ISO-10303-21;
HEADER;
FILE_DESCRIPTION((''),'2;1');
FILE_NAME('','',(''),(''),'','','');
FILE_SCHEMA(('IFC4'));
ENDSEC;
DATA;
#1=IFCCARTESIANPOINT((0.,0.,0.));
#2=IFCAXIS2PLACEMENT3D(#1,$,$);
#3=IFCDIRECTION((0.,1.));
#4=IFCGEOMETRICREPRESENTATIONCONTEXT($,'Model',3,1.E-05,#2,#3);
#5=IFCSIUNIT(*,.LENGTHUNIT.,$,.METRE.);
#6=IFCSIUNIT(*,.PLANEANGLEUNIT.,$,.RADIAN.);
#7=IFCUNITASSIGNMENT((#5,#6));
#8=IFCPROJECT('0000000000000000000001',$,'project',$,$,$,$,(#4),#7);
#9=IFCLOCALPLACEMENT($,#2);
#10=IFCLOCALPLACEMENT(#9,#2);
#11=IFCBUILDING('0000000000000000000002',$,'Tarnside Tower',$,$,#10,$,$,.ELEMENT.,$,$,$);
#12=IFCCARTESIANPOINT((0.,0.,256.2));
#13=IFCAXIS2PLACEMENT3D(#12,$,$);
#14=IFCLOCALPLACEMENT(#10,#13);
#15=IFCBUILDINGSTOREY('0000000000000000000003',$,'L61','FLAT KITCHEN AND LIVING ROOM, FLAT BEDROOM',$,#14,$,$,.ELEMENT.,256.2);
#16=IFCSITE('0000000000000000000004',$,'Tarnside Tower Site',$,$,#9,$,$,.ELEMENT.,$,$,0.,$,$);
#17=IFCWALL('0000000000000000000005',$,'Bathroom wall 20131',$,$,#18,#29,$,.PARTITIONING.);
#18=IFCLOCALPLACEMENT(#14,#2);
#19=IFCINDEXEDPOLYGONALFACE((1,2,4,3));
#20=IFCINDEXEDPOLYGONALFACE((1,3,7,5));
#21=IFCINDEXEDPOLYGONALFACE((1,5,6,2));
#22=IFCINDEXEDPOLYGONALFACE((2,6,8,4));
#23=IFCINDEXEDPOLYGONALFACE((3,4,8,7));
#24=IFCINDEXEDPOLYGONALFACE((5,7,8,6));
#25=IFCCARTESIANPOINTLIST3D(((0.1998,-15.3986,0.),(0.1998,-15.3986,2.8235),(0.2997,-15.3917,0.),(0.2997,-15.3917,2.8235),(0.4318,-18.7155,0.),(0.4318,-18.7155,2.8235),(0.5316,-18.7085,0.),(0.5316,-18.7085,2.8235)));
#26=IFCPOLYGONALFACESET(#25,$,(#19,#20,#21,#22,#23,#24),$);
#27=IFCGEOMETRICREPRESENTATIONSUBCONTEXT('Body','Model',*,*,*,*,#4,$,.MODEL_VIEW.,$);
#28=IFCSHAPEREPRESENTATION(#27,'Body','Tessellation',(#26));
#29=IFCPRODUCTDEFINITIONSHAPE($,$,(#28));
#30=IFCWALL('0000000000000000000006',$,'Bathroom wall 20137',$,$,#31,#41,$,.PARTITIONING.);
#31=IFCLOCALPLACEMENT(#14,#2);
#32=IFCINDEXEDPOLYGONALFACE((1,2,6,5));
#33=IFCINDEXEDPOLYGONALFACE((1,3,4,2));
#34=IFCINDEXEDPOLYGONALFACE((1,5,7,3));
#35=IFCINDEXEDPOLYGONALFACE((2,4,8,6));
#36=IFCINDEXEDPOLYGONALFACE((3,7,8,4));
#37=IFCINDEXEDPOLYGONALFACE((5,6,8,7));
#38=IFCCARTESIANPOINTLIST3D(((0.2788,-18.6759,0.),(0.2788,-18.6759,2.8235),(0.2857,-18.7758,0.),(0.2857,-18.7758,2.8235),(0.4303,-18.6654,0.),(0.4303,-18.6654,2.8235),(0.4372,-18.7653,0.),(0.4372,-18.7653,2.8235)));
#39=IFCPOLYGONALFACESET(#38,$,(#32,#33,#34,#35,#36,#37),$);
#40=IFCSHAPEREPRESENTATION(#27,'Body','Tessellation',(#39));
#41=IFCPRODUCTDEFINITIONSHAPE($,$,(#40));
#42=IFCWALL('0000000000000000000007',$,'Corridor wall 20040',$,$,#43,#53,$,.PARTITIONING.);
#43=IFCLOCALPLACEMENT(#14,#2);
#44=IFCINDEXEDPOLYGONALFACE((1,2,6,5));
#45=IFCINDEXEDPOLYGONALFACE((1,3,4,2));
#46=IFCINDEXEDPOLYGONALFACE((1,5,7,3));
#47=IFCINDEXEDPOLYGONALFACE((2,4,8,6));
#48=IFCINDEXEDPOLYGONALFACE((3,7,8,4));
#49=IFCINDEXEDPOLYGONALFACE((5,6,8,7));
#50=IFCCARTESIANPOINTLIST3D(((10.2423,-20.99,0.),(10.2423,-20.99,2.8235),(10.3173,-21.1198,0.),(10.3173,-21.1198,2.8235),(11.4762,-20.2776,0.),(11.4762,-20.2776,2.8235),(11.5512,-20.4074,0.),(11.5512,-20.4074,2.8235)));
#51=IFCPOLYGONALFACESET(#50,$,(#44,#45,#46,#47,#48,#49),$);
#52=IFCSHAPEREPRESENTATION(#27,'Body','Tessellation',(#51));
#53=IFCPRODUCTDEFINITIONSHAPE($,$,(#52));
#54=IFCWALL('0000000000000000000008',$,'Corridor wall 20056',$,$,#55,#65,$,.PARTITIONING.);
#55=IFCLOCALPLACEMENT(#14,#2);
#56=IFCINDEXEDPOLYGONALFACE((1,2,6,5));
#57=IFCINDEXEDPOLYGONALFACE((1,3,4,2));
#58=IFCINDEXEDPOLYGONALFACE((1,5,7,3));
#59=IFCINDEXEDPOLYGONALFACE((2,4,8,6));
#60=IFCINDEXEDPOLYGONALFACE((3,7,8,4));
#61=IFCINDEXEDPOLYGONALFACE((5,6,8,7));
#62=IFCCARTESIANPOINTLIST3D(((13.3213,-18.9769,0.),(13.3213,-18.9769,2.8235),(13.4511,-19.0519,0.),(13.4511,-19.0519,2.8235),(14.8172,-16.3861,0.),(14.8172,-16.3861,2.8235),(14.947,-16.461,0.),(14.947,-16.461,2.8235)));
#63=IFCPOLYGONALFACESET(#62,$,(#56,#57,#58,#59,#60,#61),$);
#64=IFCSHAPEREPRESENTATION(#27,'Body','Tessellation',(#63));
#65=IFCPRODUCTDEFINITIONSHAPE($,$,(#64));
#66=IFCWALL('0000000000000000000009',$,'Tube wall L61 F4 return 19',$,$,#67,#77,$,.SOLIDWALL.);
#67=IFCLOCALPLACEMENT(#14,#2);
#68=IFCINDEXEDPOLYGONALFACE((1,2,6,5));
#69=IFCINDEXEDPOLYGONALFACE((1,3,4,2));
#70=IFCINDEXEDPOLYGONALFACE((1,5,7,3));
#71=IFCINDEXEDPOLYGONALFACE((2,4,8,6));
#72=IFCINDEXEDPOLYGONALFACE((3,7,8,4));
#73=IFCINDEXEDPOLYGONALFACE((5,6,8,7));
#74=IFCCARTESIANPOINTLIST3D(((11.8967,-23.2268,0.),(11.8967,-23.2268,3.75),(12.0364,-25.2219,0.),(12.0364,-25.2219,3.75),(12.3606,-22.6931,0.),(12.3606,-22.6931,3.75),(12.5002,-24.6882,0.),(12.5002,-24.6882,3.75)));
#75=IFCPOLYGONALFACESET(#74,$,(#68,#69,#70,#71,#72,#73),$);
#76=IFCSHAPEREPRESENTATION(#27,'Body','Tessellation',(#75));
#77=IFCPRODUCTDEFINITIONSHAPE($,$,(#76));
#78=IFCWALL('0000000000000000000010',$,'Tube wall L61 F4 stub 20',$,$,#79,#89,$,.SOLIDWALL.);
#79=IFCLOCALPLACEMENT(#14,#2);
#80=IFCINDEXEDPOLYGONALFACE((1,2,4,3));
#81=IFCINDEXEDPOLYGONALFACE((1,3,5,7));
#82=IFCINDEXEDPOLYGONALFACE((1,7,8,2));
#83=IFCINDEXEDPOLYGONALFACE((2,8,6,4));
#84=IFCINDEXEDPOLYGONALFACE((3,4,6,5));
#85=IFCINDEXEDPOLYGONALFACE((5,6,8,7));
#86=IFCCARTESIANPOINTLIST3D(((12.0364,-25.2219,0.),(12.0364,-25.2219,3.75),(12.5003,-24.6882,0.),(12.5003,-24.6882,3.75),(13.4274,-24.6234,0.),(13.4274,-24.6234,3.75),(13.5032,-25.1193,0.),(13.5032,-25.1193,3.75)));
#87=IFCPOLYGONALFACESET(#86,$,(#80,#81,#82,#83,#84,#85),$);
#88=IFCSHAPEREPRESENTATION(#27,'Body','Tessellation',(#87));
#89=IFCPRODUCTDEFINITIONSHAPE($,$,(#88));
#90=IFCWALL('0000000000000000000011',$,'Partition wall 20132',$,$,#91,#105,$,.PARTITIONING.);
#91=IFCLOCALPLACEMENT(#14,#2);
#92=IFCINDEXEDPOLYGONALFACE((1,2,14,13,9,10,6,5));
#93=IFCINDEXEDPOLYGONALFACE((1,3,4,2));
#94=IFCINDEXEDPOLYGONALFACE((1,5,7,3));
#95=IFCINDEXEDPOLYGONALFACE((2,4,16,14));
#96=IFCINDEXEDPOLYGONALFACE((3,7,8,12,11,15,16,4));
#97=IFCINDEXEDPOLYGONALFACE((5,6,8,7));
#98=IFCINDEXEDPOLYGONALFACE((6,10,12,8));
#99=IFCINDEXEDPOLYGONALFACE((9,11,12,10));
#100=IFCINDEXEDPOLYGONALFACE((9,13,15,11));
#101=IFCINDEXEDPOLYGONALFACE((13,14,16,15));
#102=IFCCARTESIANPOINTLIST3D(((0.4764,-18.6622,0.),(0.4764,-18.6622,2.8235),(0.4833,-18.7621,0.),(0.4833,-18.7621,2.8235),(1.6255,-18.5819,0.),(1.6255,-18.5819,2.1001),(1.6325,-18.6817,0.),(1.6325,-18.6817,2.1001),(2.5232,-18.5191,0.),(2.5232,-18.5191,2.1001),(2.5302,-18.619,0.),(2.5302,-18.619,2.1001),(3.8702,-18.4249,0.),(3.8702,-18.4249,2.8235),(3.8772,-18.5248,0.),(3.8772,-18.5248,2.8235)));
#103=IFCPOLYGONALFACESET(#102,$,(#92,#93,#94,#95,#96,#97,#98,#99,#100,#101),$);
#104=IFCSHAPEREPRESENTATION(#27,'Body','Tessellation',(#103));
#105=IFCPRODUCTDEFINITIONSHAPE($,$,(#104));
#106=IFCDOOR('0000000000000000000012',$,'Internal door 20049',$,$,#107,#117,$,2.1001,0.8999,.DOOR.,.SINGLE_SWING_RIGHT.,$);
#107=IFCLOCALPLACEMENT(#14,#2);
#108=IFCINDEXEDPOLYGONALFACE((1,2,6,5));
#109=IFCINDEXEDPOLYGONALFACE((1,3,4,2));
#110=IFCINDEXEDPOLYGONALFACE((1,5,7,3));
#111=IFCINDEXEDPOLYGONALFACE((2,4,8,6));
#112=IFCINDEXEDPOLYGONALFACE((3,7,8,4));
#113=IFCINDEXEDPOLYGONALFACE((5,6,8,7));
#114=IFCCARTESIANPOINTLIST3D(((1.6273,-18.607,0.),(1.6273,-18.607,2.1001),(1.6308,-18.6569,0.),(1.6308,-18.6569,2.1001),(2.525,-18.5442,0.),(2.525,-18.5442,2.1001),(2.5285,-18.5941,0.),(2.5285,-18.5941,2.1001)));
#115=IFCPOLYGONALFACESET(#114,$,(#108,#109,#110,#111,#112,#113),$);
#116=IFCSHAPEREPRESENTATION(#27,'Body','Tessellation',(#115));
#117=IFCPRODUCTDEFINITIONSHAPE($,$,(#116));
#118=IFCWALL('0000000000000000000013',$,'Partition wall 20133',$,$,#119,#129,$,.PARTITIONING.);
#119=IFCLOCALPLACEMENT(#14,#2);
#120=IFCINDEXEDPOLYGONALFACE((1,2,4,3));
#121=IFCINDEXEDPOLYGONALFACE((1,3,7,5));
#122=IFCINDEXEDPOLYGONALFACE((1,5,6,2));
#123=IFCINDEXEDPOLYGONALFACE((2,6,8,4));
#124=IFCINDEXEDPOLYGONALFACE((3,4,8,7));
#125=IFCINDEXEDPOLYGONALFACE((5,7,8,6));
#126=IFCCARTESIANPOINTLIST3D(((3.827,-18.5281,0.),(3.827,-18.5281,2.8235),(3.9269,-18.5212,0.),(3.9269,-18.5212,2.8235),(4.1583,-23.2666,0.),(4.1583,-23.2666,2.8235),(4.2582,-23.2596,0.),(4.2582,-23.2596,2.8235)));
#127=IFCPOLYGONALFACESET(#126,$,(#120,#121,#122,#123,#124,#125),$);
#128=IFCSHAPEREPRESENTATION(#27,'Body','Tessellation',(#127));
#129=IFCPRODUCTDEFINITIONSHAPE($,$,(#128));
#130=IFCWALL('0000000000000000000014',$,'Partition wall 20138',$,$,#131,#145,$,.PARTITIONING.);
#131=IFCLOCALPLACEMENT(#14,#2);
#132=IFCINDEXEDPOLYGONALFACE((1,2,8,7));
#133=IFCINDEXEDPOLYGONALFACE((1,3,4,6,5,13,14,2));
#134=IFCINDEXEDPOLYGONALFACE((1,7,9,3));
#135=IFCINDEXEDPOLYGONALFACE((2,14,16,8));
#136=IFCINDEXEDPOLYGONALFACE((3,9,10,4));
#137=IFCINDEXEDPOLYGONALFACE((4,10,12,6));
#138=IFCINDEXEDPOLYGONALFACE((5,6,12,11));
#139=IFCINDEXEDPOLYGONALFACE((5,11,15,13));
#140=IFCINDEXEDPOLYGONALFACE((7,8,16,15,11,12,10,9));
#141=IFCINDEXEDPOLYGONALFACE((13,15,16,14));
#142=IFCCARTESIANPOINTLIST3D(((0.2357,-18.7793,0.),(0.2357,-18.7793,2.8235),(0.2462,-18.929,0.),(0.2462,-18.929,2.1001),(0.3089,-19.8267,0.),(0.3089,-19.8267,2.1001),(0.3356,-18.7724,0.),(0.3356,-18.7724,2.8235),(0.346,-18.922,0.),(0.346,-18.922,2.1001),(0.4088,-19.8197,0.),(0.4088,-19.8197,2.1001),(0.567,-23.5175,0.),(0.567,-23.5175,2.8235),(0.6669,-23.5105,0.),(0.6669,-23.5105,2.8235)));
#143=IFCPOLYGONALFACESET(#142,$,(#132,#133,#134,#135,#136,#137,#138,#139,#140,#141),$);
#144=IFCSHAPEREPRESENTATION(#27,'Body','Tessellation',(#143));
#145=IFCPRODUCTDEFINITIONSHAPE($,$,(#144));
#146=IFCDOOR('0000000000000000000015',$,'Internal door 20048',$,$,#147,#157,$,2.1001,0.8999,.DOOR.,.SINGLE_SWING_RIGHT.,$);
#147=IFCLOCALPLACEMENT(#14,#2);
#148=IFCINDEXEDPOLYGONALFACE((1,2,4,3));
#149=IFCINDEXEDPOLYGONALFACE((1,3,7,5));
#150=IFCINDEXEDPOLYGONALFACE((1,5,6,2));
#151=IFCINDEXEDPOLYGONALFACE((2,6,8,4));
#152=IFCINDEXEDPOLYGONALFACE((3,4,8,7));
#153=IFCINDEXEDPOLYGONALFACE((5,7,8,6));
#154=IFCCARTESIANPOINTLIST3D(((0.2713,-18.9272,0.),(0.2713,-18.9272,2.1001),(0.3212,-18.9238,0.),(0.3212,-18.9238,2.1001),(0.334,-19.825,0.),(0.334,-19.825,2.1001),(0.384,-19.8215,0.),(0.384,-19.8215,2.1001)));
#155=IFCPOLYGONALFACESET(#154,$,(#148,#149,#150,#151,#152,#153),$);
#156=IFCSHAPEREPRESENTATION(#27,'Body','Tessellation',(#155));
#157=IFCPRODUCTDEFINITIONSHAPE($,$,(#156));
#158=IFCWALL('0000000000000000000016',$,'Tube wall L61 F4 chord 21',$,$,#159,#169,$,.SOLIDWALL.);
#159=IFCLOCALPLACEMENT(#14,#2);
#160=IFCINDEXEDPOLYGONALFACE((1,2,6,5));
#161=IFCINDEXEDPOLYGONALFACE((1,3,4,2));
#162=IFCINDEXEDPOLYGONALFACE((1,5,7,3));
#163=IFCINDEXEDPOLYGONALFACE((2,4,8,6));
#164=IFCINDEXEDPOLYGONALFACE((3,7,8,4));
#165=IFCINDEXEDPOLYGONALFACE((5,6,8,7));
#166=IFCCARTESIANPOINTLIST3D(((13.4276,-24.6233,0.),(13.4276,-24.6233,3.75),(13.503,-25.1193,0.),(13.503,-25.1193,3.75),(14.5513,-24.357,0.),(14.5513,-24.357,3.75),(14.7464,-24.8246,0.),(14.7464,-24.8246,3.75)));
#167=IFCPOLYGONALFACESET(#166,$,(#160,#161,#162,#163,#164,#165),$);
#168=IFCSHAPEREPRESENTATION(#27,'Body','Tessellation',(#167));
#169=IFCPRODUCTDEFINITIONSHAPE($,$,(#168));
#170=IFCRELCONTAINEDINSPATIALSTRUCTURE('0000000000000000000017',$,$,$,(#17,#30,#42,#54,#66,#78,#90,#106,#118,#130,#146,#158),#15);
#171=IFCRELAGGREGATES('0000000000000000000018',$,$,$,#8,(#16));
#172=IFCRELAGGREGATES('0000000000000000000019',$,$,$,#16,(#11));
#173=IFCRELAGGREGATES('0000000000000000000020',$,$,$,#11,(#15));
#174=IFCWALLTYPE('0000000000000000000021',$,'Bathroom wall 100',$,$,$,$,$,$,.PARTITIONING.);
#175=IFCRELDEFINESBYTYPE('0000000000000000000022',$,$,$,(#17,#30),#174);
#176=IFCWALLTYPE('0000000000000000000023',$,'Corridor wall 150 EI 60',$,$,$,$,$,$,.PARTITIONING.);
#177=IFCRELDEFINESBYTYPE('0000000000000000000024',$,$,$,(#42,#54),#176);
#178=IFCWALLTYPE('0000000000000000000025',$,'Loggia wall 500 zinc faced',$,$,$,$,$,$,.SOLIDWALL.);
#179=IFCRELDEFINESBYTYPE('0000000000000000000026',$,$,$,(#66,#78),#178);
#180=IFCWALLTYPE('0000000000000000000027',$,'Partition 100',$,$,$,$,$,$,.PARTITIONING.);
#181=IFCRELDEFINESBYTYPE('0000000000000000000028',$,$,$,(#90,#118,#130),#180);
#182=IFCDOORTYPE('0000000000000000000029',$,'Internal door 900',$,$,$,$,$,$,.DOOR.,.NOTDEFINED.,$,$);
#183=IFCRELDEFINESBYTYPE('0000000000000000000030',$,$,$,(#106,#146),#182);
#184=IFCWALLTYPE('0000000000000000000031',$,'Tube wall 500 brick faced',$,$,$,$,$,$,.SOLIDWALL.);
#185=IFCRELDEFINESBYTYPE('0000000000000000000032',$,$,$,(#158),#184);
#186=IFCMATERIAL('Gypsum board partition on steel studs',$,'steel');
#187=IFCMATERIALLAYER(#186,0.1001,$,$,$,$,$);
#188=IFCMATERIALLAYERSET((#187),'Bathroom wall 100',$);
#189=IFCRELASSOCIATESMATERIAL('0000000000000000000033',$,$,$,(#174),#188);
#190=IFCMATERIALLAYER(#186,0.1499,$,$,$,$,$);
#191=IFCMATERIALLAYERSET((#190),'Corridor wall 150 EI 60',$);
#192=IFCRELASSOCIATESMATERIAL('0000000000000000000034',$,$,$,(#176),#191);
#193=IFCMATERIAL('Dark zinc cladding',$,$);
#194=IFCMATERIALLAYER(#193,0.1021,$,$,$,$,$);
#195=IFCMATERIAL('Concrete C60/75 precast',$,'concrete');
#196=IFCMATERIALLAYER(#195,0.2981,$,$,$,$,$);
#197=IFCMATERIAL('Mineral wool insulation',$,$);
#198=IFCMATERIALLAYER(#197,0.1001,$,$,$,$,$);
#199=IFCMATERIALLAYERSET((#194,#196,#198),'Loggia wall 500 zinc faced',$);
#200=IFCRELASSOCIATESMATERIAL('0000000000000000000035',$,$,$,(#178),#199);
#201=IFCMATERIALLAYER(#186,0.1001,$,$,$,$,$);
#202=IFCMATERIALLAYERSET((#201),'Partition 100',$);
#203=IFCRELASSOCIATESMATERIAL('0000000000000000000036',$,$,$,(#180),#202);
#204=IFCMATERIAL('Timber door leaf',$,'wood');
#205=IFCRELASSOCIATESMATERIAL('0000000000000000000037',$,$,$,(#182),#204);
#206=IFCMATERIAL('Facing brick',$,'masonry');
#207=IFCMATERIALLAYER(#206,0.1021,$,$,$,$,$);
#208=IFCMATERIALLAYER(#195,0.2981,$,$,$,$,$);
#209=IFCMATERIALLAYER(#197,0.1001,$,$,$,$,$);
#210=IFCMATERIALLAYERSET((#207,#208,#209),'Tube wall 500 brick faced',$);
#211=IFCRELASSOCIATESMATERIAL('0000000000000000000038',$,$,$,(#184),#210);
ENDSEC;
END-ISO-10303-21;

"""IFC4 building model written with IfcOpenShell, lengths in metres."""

from ifc_helpers import new_model, si_unit, direction, frame, frame_2d, origin, place, context, subcontext, project, spatial, polyline, rectangle, outline, extrude, material, layer, layer_set, type_object, element, fill, save


model = new_model("IFC4")

# Units and contexts
model_context = context("Model", 3, precision=1e-05, world=origin(), true_north=direction((0.0, 1.0)))
body_context = subcontext(model_context, "Body", "Model", "MODEL_VIEW")
ifc_project = project(units=[si_unit("LENGTHUNIT", "METRE"), si_unit("PLANEANGLEUNIT", "RADIAN")], contexts=[model_context])

# Site, building, storey
site_placement = place(None, origin())
site = spatial("IfcSite", under=ifc_project, at=site_placement, Name="Tarnside Tower Site", CompositionType="ELEMENT", RefElevation=0.0)
building_placement = place(site_placement, origin())
building = spatial("IfcBuilding", under=site, at=building_placement, Name="Tarnside Tower", CompositionType="ELEMENT")
storey_placement = place(building_placement, frame((0.0, 0.0, 256.2)))
storey = spatial("IfcBuildingStorey", under=building, at=storey_placement, Name="L61", Description="FLAT KITCHEN AND LIVING ROOM, FLAT BEDROOM", CompositionType="ELEMENT", Elevation=256.2)

# Walls
ifc_material_1 = material(Name="Gypsum board partition on steel studs", Category="steel")
ifc_layer_1 = layer(ifc_material_1, 0.1001)
ifc_layer_set_1 = layer_set([ifc_layer_1], Name="Bathroom wall 100")
wall_type_1 = type_object("IfcWallType", Name="Bathroom wall 100", PredefinedType="PARTITIONING", material=ifc_layer_set_1)
wall_1_placement = place(storey_placement, frame((0.2498, -15.395, 0.0), z_axis=(0.0, 0.0, 1.0), x_axis=(0.069755, -0.997564, 0.0)))
element("IfcWall", 1, at=wall_1_placement, inside=storey, type_object=wall_type_1, Name="Bathroom wall 20131", PredefinedType="PARTITIONING", context=body_context, shape_type="SweptSolid", body=[
    extrude(rectangle(XDim=3.325, YDim=0.1001, at=frame_2d((1.6626, 0.0))), origin(), (0.0, 0.0, 1.0), 2.8235),
])
wall_2_placement = place(storey_placement, frame((0.2822, -18.7258, 0.0), z_axis=(0.0, 0.0, 1.0), x_axis=(0.997611, 0.069078, 0.0)))
element("IfcWall", 2, at=wall_2_placement, inside=storey, type_object=wall_type_1, Name="Bathroom wall 20137", PredefinedType="PARTITIONING", context=body_context, shape_type="SweptSolid", body=[
    extrude(rectangle(XDim=0.1519, YDim=0.1001, at=frame_2d((0.0759, 0.0))), origin(), (0.0, 0.0, 1.0), 2.8235),
])
ifc_layer_2 = layer(ifc_material_1, 0.1499)
ifc_layer_set_2 = layer_set([ifc_layer_2], Name="Corridor wall 150 EI 60")
wall_type_2 = type_object("IfcWallType", Name="Corridor wall 150 EI 60", PredefinedType="PARTITIONING", material=ifc_layer_set_2)
wall_3_placement = place(storey_placement, frame((10.2798, -21.0549, 0.0), z_axis=(0.0, 0.0, 1.0), x_axis=(0.86602, 0.500009, 0.0)))
element("IfcWall", 3, at=wall_3_placement, inside=storey, type_object=wall_type_2, Name="Corridor wall 20040", PredefinedType="PARTITIONING", context=body_context, shape_type="SweptSolid", body=[
    extrude(rectangle(XDim=1.4248, YDim=0.1499, at=frame_2d((0.7124, 0.0))), origin(), (0.0, 0.0, 1.0), 2.8235),
])
wall_4_placement = place(storey_placement, frame((13.3862, -19.0144, 0.0), z_axis=(0.0, 0.0, 1.0), x_axis=(0.50001, 0.86602, 0.0)))
element("IfcWall", 4, at=wall_4_placement, inside=storey, type_object=wall_type_2, Name="Corridor wall 20056", PredefinedType="PARTITIONING", context=body_context, shape_type="SweptSolid", body=[
    extrude(rectangle(XDim=2.9917, YDim=0.1499, at=frame_2d((1.4958, 0.0))), origin(), (0.0, 0.0, 1.0), 2.8235),
])
ifc_material_2 = material(Name="Dark zinc cladding")
ifc_layer_3 = layer(ifc_material_2, 0.1021)
ifc_material_3 = material(Name="Concrete C60/75 precast", Category="concrete")
ifc_layer_4 = layer(ifc_material_3, 0.2981)
ifc_material_4 = material(Name="Mineral wool insulation")
ifc_layer_5 = layer(ifc_material_4, 0.1001)
ifc_layer_set_3 = layer_set([ifc_layer_3, ifc_layer_4, ifc_layer_5], Name="Loggia wall 500 zinc faced")
wall_type_3 = type_object("IfcWallType", Name="Loggia wall 500 zinc faced", PredefinedType="SOLIDWALL", material=ifc_layer_set_3)
wall_5_placement = place(storey_placement, frame((12.1287, -22.96, 0.0), z_axis=(0.0, 0.0, 1.0), x_axis=(0.069824, -0.997559, 0.0)))
element("IfcWall", 5, at=wall_5_placement, inside=storey, type_object=wall_type_3, Name="Tube wall L61 F4 return 19", PredefinedType="SOLIDWALL", context=body_context, shape_type="SweptSolid", body=[
    extrude(outline(polyline([(0.25, -0.25), (2.25, -0.25), (1.75, 0.25), (-0.25, 0.25), (0.25, -0.25)])), origin(), (0.0, 0.0, 1.0), 3.75),
])
wall_6_placement = place(storey_placement, frame((12.2683, -24.9551, 0.0), z_axis=(0.0, 0.0, 1.0), x_axis=(0.997562, 0.069787, 0.0)))
element("IfcWall", 6, at=wall_6_placement, inside=storey, type_object=wall_type_3, Name="Tube wall L61 F4 stub 20", PredefinedType="SOLIDWALL", context=body_context, shape_type="SweptSolid", body=[
    extrude(outline(polyline([(-0.25, -0.25), (1.2205, -0.25), (1.1794, 0.25), (0.25, 0.25), (-0.25, -0.25)])), origin(), (0.0, 0.0, 1.0), 3.75),
])

# Wall, opening, door
ifc_layer_6 = layer(ifc_material_1, 0.1001)
ifc_layer_set_4 = layer_set([ifc_layer_6], Name="Partition 100")
wall_type_4 = type_object("IfcWallType", Name="Partition 100", PredefinedType="PARTITIONING", material=ifc_layer_set_4)
wall_7_placement = place(storey_placement, frame((0.4797, -18.7122, 0.0), z_axis=(0.0, 0.0, 1.0), x_axis=(0.997564, 0.069753, 0.0)))
wall_7 = element("IfcWall", 7, at=wall_7_placement, inside=storey, type_object=wall_type_4, Name="Partition wall 20132", PredefinedType="PARTITIONING", context=body_context, shape_type="SweptSolid", body=[
    extrude(rectangle(XDim=3.4021, YDim=0.1001, at=frame_2d((1.7012, 0.0))), origin(), (0.0, 0.0, 1.0), 2.8235),
])
opening_1_placement = place(wall_7_placement, frame((1.1521, 0.0, 0.0)))
opening_1 = element("IfcOpeningElement", 8, at=opening_1_placement, cuts=wall_7, PredefinedType="OPENING", context=body_context, shape_type="SweptSolid", body=[
    extrude(rectangle(XDim=0.8999, YDim=2.1001, at=frame_2d((0.45, 1.05))), frame((0.0, 0.0601, 0.0), z_axis=(0.0, -1.0, 0.0), x_axis=(1.0, 0.0, 0.0)), (0.0, 0.0, 1.0), 0.1201),
])
ifc_material_5 = material(Name="Timber door leaf", Category="wood")
door_type = type_object("IfcDoorType", Name="Internal door 900", OperationType="NOTDEFINED", PredefinedType="DOOR", material=ifc_material_5)
door_1_placement = place(opening_1_placement, origin())
door_1 = element("IfcDoor", 9, at=door_1_placement, inside=storey, type_object=door_type, Name="Internal door 20049", OperationType="SINGLE_SWING_RIGHT", OverallHeight=2.1001, OverallWidth=0.8999, PredefinedType="DOOR", context=body_context, shape_type="SweptSolid", body=[
    extrude(rectangle(XDim=0.8999, YDim=2.1001, at=frame_2d((0.45, 1.05))), frame((0.0, 0.0249, 0.0), z_axis=(0.0, -1.0, 0.0), x_axis=(1.0, 0.0, 0.0)), (0.0, 0.0, 1.0), 0.05),
])
fill(opening_1, door_1)

# Wall
wall_8_placement = place(storey_placement, frame((3.877, -18.5247, 0.0), z_axis=(0.0, 0.0, 1.0), x_axis=(0.069746, -0.997565, 0.0)))
element("IfcWall", 10, at=wall_8_placement, inside=storey, type_object=wall_type_4, Name="Partition wall 20133", PredefinedType="PARTITIONING", context=body_context, shape_type="SweptSolid", body=[
    extrude(rectangle(XDim=4.75, YDim=0.1001, at=frame_2d((2.375, 0.0))), origin(), (0.0, 0.0, 1.0), 2.8235),
])

# Wall, opening, door
wall_9_placement = place(storey_placement, frame((0.6169, -23.5142, 0.0), z_axis=(0.0, 0.0, 1.0), x_axis=(-0.069749, 0.997565, 0.0)))
wall_9 = element("IfcWall", 11, at=wall_9_placement, inside=storey, type_object=wall_type_4, Name="Partition wall 20138", PredefinedType="PARTITIONING", context=body_context, shape_type="SweptSolid", body=[
    extrude(rectangle(XDim=4.7498, YDim=0.1001, at=frame_2d((2.375, 0.0))), origin(), (0.0, 0.0, 1.0), 2.8235),
])
opening_2_placement = place(wall_9_placement, frame((3.7, 0.0, 0.0)))
opening_2 = element("IfcOpeningElement", 12, at=opening_2_placement, cuts=wall_9, PredefinedType="OPENING", context=body_context, shape_type="SweptSolid", body=[
    extrude(rectangle(XDim=0.8999, YDim=2.1001, at=frame_2d((0.45, 1.05))), frame((0.0, 0.0601, 0.0), z_axis=(0.0, -1.0, 0.0), x_axis=(1.0, 0.0, 0.0)), (0.0, 0.0, 1.0), 0.1201),
])
door_2_placement = place(opening_2_placement, origin())
door_2 = element("IfcDoor", 13, at=door_2_placement, inside=storey, type_object=door_type, Name="Internal door 20048", OperationType="SINGLE_SWING_RIGHT", OverallHeight=2.1001, OverallWidth=0.8999, PredefinedType="DOOR", context=body_context, shape_type="SweptSolid", body=[
    extrude(rectangle(XDim=0.8999, YDim=2.1001, at=frame_2d((0.45, 1.05))), frame((0.0, 0.0249, 0.0), z_axis=(0.0, -1.0, 0.0), x_axis=(1.0, 0.0, 0.0)), (0.0, 0.0, 1.0), 0.05),
])
fill(opening_2, door_2)

# Wall
ifc_material_6 = material(Name="Facing brick", Category="masonry")
ifc_layer_7 = layer(ifc_material_6, 0.1021)
ifc_layer_8 = layer(ifc_material_3, 0.2981)
ifc_layer_9 = layer(ifc_material_4, 0.1001)
ifc_layer_set_5 = layer_set([ifc_layer_7, ifc_layer_8, ifc_layer_9], Name="Tube wall 500 brick faced")
wall_type_5 = type_object("IfcWallType", Name="Tube wall 500 brick faced", PredefinedType="SOLIDWALL", material=ifc_layer_set_5)
wall_10_placement = place(storey_placement, frame((13.4653, -24.8713, 0.0), z_axis=(0.0, 0.0, 1.0), x_axis=(0.973045, 0.230616, 0.0)))
element("IfcWall", 14, at=wall_10_placement, inside=storey, type_object=wall_type_5, Name="Tube wall L61 F4 chord 21", PredefinedType="SOLIDWALL", context=body_context, shape_type="SweptSolid", body=[
    extrude(outline(polyline([(-0.0205, -0.25), (1.2573, -0.25), (1.1753, 0.25), (0.0205, 0.25), (-0.0205, -0.25)])), origin(), (0.0, 0.0, 1.0), 3.75),
])

save(model, "model.ifc")
